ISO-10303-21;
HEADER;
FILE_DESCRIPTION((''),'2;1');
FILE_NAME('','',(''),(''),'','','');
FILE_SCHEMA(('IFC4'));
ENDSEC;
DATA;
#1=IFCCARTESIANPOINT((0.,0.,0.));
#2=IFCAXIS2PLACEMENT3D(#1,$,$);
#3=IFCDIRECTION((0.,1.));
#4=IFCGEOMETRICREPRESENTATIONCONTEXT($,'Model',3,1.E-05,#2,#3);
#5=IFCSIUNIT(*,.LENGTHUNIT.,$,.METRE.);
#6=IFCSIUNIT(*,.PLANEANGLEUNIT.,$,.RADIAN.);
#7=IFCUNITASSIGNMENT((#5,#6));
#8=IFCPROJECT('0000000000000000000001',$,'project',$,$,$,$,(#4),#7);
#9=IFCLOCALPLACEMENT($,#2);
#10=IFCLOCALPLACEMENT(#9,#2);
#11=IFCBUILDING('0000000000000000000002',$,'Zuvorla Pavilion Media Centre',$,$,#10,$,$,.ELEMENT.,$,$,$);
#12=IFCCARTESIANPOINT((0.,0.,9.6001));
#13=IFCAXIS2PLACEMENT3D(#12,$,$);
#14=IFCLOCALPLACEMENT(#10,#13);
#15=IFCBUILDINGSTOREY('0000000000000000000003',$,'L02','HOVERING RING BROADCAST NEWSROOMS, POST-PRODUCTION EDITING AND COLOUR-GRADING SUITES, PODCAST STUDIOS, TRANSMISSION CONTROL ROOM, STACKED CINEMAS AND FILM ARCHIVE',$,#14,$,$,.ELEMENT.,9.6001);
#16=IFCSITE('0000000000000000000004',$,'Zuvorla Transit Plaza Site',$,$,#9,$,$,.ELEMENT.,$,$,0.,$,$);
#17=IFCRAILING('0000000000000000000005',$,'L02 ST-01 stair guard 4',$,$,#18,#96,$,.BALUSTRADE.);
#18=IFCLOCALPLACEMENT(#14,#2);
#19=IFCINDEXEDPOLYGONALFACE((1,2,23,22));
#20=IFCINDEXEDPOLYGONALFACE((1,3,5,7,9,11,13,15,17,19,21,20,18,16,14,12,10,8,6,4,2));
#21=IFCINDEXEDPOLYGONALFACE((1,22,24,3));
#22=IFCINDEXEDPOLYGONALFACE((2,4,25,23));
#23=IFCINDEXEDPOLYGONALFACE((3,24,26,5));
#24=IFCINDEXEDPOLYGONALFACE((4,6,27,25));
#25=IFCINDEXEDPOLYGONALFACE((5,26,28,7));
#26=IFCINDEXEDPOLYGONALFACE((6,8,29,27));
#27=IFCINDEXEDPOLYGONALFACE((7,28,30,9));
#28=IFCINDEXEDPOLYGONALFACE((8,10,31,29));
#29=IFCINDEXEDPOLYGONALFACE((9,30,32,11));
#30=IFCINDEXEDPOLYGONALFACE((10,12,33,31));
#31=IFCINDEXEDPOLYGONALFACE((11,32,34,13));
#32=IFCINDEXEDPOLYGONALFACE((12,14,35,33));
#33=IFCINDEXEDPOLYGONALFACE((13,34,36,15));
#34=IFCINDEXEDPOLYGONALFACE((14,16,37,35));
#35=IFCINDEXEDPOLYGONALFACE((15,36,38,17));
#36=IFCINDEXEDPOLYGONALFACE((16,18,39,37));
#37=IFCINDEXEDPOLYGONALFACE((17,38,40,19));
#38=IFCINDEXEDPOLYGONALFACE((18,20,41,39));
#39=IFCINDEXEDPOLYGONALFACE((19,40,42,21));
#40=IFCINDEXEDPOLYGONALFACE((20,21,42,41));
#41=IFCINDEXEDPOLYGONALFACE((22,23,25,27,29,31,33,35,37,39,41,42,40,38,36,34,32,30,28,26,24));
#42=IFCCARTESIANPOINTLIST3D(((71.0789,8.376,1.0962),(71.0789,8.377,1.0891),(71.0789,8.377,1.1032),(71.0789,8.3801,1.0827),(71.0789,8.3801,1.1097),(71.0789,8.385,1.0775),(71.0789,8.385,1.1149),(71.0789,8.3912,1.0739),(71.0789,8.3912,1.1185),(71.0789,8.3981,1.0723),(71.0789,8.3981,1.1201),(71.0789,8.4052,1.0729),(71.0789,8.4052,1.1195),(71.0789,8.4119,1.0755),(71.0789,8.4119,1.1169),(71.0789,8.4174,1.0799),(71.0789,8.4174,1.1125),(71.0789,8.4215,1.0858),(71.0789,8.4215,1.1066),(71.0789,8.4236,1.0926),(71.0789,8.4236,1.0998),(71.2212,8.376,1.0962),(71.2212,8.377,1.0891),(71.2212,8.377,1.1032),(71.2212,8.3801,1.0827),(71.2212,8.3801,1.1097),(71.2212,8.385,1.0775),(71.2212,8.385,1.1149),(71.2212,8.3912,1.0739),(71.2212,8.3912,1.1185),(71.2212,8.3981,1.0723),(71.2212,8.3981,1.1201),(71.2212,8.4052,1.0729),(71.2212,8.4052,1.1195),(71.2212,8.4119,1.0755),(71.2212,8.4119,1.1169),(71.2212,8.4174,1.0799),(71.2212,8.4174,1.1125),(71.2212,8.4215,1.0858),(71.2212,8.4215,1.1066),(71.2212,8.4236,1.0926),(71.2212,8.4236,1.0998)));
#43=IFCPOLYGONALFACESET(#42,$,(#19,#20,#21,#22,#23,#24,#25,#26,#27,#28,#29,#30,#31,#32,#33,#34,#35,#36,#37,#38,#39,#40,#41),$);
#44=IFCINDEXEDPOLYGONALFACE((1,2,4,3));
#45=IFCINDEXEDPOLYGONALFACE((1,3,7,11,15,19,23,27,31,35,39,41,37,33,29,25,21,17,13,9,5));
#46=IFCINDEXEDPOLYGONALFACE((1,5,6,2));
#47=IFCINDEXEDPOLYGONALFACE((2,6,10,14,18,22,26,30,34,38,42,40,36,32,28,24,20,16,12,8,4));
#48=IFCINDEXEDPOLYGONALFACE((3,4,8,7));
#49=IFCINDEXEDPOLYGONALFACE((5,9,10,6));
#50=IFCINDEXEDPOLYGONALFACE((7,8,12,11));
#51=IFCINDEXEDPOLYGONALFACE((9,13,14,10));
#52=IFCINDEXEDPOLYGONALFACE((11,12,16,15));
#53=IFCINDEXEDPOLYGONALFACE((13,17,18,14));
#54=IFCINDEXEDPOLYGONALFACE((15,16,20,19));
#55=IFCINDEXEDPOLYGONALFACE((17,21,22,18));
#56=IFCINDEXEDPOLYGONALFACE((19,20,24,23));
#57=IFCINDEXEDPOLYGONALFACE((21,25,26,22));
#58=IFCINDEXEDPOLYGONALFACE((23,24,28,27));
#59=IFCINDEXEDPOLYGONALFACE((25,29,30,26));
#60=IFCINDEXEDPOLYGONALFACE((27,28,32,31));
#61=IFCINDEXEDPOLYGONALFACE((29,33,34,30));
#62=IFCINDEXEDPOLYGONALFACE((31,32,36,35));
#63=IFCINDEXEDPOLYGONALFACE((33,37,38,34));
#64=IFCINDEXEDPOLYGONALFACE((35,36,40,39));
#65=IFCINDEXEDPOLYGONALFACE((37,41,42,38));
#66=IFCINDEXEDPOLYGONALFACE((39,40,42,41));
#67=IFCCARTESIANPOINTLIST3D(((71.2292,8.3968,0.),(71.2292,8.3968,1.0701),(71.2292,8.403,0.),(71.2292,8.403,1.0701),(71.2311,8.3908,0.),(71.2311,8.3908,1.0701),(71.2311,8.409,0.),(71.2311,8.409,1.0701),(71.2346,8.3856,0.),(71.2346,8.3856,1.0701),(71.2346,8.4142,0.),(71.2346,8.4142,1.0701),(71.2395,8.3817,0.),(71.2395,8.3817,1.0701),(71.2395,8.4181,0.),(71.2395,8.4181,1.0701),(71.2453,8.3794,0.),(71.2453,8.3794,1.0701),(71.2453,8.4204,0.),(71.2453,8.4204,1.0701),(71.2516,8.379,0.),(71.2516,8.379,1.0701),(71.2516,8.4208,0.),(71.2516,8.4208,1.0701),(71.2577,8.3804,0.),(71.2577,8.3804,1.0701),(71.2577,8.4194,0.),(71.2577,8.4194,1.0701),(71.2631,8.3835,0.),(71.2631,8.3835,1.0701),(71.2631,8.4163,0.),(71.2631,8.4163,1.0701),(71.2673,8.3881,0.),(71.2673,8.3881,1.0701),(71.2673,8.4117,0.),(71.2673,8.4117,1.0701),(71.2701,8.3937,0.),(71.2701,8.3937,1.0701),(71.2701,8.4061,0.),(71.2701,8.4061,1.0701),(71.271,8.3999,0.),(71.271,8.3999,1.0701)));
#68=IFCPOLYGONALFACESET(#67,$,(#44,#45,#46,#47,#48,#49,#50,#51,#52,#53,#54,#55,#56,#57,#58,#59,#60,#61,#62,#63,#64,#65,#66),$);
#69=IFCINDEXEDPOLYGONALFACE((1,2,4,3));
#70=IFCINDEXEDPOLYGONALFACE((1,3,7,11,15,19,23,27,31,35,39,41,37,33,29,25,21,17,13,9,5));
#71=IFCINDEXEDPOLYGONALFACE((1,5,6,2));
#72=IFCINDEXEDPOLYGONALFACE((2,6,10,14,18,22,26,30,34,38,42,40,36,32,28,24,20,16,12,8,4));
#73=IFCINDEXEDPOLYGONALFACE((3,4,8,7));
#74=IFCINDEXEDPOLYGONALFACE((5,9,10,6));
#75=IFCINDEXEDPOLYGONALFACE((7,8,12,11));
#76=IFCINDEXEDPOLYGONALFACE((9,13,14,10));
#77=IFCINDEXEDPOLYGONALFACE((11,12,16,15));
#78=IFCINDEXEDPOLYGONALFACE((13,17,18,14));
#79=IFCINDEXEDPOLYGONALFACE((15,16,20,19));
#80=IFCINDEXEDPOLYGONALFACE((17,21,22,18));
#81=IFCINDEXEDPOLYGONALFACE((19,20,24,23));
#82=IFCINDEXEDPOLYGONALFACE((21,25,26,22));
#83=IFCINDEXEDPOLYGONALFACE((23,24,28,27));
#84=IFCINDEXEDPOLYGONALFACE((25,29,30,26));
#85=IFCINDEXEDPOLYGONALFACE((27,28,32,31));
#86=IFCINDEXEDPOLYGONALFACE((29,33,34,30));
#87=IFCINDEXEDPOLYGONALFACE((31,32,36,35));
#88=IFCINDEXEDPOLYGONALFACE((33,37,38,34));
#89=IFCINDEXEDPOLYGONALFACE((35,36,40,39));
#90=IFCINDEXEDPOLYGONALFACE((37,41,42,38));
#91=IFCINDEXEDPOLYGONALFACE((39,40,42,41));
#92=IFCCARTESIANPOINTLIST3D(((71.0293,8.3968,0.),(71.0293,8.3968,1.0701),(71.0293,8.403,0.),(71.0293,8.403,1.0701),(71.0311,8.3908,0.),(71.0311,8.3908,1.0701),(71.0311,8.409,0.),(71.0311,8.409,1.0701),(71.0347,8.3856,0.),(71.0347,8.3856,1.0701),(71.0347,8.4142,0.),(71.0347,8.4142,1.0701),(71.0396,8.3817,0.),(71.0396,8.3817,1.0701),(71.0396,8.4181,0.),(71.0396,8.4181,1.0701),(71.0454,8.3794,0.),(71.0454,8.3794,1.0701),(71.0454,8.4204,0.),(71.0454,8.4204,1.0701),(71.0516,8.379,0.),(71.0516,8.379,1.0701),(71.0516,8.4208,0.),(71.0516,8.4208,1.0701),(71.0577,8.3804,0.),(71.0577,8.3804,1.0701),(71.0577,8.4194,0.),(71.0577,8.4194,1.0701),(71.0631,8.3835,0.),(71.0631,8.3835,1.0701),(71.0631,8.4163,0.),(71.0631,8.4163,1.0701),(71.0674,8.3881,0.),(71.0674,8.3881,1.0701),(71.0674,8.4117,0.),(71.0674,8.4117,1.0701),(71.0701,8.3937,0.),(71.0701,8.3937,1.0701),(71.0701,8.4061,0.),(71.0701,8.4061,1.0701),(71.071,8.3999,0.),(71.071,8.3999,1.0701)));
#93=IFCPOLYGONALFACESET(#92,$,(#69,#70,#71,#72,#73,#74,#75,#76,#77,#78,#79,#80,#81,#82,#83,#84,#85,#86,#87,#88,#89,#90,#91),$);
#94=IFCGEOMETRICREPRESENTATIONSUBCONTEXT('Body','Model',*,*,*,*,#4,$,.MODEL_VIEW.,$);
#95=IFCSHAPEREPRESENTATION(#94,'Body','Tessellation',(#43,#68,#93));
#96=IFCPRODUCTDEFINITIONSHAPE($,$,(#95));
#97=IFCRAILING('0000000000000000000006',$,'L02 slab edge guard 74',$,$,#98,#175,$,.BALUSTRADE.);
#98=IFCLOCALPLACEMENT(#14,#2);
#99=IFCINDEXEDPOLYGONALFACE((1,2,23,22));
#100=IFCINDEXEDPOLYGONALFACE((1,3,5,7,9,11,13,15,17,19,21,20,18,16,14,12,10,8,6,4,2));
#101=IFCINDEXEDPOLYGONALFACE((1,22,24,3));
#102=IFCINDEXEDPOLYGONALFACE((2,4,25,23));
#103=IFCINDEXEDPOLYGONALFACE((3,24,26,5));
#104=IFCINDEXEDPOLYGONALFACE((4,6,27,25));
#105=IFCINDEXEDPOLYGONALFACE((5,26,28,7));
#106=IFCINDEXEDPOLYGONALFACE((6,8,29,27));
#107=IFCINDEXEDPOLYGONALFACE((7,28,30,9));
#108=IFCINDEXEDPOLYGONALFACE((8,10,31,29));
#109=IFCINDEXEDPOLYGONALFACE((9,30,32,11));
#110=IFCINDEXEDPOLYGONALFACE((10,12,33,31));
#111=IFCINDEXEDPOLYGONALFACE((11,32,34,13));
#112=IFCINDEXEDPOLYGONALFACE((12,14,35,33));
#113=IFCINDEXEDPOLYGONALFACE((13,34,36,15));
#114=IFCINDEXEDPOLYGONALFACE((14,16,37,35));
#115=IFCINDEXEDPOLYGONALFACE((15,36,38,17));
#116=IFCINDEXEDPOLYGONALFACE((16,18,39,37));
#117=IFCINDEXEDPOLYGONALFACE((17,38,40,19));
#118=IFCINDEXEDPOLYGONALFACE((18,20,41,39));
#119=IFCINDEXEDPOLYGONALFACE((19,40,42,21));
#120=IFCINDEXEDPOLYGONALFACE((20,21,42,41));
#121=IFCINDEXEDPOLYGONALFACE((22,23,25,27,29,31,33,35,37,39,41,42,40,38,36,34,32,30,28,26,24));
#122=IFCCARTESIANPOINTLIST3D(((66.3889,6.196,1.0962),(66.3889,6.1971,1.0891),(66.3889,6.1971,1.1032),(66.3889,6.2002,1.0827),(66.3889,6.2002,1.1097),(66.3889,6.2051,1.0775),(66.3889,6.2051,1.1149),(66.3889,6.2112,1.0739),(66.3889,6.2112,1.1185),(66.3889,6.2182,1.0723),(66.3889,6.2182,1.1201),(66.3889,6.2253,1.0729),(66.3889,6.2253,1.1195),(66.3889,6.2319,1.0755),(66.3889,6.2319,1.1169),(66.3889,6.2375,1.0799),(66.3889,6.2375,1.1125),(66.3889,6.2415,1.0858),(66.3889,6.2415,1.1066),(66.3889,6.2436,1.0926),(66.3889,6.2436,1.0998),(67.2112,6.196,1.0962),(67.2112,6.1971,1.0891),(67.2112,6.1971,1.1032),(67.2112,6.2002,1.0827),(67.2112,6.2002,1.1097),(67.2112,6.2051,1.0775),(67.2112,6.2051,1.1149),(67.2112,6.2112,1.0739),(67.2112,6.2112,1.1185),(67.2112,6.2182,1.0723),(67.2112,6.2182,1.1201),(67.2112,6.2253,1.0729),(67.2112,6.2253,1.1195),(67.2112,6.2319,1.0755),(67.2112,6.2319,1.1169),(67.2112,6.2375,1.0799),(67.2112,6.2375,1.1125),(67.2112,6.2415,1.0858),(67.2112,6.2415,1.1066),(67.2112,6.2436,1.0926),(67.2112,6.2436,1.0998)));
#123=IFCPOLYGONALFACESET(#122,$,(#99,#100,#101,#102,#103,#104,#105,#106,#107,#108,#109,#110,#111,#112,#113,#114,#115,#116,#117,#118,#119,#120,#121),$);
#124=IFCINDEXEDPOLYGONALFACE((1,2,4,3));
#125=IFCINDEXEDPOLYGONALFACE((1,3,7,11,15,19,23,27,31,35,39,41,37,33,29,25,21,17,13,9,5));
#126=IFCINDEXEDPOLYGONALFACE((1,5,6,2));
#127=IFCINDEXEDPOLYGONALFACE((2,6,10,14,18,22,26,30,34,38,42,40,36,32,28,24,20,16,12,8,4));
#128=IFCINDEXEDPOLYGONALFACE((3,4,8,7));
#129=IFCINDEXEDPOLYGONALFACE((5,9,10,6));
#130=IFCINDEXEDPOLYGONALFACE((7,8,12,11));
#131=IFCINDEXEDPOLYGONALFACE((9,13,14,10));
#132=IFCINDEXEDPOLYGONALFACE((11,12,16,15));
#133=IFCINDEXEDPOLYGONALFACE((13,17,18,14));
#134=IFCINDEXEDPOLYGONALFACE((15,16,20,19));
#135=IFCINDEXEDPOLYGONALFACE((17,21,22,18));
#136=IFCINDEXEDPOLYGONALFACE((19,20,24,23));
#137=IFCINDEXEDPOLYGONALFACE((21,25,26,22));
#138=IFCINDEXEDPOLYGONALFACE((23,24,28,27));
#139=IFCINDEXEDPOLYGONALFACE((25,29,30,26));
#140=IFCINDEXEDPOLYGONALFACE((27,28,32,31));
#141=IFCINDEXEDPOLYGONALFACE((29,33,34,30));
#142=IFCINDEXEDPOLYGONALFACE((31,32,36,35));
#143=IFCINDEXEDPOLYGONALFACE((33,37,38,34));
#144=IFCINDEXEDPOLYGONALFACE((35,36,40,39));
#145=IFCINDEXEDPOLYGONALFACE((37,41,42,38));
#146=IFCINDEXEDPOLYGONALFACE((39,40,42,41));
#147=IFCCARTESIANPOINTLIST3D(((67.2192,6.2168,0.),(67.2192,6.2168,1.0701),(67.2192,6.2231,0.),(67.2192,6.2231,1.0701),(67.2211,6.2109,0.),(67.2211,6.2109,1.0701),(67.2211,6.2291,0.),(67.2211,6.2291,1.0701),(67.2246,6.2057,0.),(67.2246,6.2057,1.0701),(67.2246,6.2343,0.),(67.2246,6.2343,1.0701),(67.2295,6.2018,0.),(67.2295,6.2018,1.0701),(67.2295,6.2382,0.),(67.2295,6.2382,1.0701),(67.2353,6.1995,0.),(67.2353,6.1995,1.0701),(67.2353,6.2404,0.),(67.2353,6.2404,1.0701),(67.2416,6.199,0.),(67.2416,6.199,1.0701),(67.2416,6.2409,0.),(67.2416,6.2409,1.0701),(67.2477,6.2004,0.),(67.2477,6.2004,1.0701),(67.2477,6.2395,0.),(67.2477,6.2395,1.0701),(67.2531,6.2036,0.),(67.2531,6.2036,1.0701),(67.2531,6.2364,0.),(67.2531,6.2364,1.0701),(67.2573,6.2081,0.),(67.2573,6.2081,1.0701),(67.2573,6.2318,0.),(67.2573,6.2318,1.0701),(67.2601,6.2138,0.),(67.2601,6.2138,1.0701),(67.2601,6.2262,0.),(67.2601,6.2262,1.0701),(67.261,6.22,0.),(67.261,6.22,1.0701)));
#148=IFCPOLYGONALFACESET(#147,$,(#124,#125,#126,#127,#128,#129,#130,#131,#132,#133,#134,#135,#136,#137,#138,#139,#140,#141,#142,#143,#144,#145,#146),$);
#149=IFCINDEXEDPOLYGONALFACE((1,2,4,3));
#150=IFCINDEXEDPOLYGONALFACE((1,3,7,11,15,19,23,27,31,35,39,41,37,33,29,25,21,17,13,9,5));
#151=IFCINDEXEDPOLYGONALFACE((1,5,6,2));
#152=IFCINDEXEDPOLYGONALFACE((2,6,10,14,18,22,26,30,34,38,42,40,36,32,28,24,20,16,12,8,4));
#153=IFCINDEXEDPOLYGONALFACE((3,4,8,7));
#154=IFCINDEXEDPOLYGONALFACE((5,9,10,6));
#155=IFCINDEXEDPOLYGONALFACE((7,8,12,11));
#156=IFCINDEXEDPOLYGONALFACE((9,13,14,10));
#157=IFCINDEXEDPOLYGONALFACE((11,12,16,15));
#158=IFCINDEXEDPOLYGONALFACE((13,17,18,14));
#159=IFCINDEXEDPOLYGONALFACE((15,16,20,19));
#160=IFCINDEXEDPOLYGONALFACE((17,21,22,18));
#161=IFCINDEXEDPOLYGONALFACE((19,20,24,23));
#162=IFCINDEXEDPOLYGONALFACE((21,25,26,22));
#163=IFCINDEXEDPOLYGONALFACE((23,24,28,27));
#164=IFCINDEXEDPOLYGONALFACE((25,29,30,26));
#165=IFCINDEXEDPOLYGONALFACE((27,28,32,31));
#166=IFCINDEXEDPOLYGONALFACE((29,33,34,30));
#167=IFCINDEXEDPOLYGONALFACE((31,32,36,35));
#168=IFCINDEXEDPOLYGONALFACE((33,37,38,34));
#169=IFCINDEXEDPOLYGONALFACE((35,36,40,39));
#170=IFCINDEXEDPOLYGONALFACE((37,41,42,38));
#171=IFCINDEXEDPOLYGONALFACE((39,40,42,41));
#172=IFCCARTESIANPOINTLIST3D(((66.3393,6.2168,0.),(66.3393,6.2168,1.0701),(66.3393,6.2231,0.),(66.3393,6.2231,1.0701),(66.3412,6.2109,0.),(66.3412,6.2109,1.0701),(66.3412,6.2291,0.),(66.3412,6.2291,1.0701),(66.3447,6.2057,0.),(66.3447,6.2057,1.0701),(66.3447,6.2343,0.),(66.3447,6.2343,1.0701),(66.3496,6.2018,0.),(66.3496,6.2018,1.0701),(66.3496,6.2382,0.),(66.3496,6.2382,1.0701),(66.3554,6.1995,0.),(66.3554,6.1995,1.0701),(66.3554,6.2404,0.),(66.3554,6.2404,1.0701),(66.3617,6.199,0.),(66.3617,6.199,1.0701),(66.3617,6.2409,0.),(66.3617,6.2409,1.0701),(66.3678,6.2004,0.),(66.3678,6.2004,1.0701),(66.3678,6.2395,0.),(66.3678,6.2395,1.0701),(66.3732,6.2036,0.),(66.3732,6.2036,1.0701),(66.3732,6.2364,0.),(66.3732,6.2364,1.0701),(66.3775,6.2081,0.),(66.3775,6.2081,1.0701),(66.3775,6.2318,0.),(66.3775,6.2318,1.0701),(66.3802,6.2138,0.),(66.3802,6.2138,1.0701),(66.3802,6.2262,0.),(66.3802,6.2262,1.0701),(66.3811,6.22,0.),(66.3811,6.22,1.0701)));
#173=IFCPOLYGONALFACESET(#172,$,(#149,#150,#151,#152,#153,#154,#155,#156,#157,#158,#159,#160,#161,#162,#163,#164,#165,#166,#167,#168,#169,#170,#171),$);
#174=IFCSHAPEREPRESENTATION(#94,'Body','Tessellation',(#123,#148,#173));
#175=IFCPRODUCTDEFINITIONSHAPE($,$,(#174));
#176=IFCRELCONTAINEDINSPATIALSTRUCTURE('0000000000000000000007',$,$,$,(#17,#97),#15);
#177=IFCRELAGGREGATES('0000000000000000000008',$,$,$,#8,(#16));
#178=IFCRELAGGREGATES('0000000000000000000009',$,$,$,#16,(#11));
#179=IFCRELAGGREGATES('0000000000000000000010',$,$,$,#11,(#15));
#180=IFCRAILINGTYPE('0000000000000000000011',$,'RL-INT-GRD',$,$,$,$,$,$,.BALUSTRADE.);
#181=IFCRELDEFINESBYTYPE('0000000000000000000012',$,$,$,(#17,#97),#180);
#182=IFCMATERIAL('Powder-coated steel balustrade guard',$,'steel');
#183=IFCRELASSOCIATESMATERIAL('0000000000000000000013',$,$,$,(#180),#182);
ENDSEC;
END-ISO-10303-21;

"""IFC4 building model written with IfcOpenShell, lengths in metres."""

from ifc_helpers import new_model, si_unit, direction, frame, origin, origin_2d, place, context, subcontext, project, spatial, circle, extrude, material, type_object, element, save


model = new_model("IFC4")

# Units and contexts
model_context = context("Model", 3, precision=1e-05, world=origin(), true_north=direction((0.0, 1.0)))
body_context = subcontext(model_context, "Body", "Model", "MODEL_VIEW")
ifc_project = project(units=[si_unit("LENGTHUNIT", "METRE"), si_unit("PLANEANGLEUNIT", "RADIAN")], contexts=[model_context])

# Site, building, storey
site_placement = place(None, origin())
site = spatial("IfcSite", under=ifc_project, at=site_placement, Name="Zuvorla Transit Plaza Site", CompositionType="ELEMENT", RefElevation=0.0)
building_placement = place(site_placement, origin())
building = spatial("IfcBuilding", under=site, at=building_placement, Name="Zuvorla Pavilion Media Centre", CompositionType="ELEMENT")
storey_placement = place(building_placement, frame((0.0, 0.0, 9.6001)))
storey = spatial("IfcBuildingStorey", under=building, at=storey_placement, Name="L02", Description="HOVERING RING BROADCAST NEWSROOMS, POST-PRODUCTION EDITING AND COLOUR-GRADING SUITES, PODCAST STUDIOS, TRANSMISSION CONTROL ROOM, STACKED CINEMAS AND FILM ARCHIVE", CompositionType="ELEMENT", Elevation=9.6001)

# Railings
ifc_material_1 = material(Name="Powder-coated steel balustrade guard", Category="steel")
railing_type_1 = type_object("IfcRailingType", Name="RL-INT-GRD", PredefinedType="BALUSTRADE", material=ifc_material_1)
railing_1_placement = place(storey_placement, frame((71.25, 8.3999, 0.0)))
element("IfcRailing", 1, at=railing_1_placement, inside=storey, type_object=railing_type_1, Name="L02 ST-01 stair guard 4", PredefinedType="BALUSTRADE", context=body_context, shape_type="SweptSolid", body=[
    extrude(circle(Radius=0.0239, at=origin_2d()), frame((-0.0288, 0.0, 1.0962), z_axis=(-1.0, 0.0, 0.0), x_axis=(0.0, -1.0, 0.0)), (0.0, 0.0, 1.0), 0.1423),
    extrude(circle(Radius=0.021, at=origin_2d()), origin(), (0.0, 0.0, 1.0), 1.0701),
    extrude(circle(Radius=0.021, at=origin_2d()), frame((-0.2, 0.0, 0.0)), (0.0, 0.0, 1.0), 1.0701),
])
railing_2_placement = place(storey_placement, frame((67.24, 6.22, 0.0)))
element("IfcRailing", 2, at=railing_2_placement, inside=storey, type_object=railing_type_1, Name="L02 slab edge guard 74", PredefinedType="BALUSTRADE", context=body_context, shape_type="SweptSolid", body=[
    extrude(circle(Radius=0.0239, at=origin_2d()), frame((-0.0288, 0.0, 1.0962), z_axis=(-1.0, 0.0, 0.0), x_axis=(0.0, -1.0, 0.0)), (0.0, 0.0, 1.0), 0.8223),
    extrude(circle(Radius=0.021, at=origin_2d()), origin(), (0.0, 0.0, 1.0), 1.0701),
    extrude(circle(Radius=0.021, at=origin_2d()), frame((-0.8799, 0.0, 0.0)), (0.0, 0.0, 1.0), 1.0701),
])

save(model, "model.ifc")
